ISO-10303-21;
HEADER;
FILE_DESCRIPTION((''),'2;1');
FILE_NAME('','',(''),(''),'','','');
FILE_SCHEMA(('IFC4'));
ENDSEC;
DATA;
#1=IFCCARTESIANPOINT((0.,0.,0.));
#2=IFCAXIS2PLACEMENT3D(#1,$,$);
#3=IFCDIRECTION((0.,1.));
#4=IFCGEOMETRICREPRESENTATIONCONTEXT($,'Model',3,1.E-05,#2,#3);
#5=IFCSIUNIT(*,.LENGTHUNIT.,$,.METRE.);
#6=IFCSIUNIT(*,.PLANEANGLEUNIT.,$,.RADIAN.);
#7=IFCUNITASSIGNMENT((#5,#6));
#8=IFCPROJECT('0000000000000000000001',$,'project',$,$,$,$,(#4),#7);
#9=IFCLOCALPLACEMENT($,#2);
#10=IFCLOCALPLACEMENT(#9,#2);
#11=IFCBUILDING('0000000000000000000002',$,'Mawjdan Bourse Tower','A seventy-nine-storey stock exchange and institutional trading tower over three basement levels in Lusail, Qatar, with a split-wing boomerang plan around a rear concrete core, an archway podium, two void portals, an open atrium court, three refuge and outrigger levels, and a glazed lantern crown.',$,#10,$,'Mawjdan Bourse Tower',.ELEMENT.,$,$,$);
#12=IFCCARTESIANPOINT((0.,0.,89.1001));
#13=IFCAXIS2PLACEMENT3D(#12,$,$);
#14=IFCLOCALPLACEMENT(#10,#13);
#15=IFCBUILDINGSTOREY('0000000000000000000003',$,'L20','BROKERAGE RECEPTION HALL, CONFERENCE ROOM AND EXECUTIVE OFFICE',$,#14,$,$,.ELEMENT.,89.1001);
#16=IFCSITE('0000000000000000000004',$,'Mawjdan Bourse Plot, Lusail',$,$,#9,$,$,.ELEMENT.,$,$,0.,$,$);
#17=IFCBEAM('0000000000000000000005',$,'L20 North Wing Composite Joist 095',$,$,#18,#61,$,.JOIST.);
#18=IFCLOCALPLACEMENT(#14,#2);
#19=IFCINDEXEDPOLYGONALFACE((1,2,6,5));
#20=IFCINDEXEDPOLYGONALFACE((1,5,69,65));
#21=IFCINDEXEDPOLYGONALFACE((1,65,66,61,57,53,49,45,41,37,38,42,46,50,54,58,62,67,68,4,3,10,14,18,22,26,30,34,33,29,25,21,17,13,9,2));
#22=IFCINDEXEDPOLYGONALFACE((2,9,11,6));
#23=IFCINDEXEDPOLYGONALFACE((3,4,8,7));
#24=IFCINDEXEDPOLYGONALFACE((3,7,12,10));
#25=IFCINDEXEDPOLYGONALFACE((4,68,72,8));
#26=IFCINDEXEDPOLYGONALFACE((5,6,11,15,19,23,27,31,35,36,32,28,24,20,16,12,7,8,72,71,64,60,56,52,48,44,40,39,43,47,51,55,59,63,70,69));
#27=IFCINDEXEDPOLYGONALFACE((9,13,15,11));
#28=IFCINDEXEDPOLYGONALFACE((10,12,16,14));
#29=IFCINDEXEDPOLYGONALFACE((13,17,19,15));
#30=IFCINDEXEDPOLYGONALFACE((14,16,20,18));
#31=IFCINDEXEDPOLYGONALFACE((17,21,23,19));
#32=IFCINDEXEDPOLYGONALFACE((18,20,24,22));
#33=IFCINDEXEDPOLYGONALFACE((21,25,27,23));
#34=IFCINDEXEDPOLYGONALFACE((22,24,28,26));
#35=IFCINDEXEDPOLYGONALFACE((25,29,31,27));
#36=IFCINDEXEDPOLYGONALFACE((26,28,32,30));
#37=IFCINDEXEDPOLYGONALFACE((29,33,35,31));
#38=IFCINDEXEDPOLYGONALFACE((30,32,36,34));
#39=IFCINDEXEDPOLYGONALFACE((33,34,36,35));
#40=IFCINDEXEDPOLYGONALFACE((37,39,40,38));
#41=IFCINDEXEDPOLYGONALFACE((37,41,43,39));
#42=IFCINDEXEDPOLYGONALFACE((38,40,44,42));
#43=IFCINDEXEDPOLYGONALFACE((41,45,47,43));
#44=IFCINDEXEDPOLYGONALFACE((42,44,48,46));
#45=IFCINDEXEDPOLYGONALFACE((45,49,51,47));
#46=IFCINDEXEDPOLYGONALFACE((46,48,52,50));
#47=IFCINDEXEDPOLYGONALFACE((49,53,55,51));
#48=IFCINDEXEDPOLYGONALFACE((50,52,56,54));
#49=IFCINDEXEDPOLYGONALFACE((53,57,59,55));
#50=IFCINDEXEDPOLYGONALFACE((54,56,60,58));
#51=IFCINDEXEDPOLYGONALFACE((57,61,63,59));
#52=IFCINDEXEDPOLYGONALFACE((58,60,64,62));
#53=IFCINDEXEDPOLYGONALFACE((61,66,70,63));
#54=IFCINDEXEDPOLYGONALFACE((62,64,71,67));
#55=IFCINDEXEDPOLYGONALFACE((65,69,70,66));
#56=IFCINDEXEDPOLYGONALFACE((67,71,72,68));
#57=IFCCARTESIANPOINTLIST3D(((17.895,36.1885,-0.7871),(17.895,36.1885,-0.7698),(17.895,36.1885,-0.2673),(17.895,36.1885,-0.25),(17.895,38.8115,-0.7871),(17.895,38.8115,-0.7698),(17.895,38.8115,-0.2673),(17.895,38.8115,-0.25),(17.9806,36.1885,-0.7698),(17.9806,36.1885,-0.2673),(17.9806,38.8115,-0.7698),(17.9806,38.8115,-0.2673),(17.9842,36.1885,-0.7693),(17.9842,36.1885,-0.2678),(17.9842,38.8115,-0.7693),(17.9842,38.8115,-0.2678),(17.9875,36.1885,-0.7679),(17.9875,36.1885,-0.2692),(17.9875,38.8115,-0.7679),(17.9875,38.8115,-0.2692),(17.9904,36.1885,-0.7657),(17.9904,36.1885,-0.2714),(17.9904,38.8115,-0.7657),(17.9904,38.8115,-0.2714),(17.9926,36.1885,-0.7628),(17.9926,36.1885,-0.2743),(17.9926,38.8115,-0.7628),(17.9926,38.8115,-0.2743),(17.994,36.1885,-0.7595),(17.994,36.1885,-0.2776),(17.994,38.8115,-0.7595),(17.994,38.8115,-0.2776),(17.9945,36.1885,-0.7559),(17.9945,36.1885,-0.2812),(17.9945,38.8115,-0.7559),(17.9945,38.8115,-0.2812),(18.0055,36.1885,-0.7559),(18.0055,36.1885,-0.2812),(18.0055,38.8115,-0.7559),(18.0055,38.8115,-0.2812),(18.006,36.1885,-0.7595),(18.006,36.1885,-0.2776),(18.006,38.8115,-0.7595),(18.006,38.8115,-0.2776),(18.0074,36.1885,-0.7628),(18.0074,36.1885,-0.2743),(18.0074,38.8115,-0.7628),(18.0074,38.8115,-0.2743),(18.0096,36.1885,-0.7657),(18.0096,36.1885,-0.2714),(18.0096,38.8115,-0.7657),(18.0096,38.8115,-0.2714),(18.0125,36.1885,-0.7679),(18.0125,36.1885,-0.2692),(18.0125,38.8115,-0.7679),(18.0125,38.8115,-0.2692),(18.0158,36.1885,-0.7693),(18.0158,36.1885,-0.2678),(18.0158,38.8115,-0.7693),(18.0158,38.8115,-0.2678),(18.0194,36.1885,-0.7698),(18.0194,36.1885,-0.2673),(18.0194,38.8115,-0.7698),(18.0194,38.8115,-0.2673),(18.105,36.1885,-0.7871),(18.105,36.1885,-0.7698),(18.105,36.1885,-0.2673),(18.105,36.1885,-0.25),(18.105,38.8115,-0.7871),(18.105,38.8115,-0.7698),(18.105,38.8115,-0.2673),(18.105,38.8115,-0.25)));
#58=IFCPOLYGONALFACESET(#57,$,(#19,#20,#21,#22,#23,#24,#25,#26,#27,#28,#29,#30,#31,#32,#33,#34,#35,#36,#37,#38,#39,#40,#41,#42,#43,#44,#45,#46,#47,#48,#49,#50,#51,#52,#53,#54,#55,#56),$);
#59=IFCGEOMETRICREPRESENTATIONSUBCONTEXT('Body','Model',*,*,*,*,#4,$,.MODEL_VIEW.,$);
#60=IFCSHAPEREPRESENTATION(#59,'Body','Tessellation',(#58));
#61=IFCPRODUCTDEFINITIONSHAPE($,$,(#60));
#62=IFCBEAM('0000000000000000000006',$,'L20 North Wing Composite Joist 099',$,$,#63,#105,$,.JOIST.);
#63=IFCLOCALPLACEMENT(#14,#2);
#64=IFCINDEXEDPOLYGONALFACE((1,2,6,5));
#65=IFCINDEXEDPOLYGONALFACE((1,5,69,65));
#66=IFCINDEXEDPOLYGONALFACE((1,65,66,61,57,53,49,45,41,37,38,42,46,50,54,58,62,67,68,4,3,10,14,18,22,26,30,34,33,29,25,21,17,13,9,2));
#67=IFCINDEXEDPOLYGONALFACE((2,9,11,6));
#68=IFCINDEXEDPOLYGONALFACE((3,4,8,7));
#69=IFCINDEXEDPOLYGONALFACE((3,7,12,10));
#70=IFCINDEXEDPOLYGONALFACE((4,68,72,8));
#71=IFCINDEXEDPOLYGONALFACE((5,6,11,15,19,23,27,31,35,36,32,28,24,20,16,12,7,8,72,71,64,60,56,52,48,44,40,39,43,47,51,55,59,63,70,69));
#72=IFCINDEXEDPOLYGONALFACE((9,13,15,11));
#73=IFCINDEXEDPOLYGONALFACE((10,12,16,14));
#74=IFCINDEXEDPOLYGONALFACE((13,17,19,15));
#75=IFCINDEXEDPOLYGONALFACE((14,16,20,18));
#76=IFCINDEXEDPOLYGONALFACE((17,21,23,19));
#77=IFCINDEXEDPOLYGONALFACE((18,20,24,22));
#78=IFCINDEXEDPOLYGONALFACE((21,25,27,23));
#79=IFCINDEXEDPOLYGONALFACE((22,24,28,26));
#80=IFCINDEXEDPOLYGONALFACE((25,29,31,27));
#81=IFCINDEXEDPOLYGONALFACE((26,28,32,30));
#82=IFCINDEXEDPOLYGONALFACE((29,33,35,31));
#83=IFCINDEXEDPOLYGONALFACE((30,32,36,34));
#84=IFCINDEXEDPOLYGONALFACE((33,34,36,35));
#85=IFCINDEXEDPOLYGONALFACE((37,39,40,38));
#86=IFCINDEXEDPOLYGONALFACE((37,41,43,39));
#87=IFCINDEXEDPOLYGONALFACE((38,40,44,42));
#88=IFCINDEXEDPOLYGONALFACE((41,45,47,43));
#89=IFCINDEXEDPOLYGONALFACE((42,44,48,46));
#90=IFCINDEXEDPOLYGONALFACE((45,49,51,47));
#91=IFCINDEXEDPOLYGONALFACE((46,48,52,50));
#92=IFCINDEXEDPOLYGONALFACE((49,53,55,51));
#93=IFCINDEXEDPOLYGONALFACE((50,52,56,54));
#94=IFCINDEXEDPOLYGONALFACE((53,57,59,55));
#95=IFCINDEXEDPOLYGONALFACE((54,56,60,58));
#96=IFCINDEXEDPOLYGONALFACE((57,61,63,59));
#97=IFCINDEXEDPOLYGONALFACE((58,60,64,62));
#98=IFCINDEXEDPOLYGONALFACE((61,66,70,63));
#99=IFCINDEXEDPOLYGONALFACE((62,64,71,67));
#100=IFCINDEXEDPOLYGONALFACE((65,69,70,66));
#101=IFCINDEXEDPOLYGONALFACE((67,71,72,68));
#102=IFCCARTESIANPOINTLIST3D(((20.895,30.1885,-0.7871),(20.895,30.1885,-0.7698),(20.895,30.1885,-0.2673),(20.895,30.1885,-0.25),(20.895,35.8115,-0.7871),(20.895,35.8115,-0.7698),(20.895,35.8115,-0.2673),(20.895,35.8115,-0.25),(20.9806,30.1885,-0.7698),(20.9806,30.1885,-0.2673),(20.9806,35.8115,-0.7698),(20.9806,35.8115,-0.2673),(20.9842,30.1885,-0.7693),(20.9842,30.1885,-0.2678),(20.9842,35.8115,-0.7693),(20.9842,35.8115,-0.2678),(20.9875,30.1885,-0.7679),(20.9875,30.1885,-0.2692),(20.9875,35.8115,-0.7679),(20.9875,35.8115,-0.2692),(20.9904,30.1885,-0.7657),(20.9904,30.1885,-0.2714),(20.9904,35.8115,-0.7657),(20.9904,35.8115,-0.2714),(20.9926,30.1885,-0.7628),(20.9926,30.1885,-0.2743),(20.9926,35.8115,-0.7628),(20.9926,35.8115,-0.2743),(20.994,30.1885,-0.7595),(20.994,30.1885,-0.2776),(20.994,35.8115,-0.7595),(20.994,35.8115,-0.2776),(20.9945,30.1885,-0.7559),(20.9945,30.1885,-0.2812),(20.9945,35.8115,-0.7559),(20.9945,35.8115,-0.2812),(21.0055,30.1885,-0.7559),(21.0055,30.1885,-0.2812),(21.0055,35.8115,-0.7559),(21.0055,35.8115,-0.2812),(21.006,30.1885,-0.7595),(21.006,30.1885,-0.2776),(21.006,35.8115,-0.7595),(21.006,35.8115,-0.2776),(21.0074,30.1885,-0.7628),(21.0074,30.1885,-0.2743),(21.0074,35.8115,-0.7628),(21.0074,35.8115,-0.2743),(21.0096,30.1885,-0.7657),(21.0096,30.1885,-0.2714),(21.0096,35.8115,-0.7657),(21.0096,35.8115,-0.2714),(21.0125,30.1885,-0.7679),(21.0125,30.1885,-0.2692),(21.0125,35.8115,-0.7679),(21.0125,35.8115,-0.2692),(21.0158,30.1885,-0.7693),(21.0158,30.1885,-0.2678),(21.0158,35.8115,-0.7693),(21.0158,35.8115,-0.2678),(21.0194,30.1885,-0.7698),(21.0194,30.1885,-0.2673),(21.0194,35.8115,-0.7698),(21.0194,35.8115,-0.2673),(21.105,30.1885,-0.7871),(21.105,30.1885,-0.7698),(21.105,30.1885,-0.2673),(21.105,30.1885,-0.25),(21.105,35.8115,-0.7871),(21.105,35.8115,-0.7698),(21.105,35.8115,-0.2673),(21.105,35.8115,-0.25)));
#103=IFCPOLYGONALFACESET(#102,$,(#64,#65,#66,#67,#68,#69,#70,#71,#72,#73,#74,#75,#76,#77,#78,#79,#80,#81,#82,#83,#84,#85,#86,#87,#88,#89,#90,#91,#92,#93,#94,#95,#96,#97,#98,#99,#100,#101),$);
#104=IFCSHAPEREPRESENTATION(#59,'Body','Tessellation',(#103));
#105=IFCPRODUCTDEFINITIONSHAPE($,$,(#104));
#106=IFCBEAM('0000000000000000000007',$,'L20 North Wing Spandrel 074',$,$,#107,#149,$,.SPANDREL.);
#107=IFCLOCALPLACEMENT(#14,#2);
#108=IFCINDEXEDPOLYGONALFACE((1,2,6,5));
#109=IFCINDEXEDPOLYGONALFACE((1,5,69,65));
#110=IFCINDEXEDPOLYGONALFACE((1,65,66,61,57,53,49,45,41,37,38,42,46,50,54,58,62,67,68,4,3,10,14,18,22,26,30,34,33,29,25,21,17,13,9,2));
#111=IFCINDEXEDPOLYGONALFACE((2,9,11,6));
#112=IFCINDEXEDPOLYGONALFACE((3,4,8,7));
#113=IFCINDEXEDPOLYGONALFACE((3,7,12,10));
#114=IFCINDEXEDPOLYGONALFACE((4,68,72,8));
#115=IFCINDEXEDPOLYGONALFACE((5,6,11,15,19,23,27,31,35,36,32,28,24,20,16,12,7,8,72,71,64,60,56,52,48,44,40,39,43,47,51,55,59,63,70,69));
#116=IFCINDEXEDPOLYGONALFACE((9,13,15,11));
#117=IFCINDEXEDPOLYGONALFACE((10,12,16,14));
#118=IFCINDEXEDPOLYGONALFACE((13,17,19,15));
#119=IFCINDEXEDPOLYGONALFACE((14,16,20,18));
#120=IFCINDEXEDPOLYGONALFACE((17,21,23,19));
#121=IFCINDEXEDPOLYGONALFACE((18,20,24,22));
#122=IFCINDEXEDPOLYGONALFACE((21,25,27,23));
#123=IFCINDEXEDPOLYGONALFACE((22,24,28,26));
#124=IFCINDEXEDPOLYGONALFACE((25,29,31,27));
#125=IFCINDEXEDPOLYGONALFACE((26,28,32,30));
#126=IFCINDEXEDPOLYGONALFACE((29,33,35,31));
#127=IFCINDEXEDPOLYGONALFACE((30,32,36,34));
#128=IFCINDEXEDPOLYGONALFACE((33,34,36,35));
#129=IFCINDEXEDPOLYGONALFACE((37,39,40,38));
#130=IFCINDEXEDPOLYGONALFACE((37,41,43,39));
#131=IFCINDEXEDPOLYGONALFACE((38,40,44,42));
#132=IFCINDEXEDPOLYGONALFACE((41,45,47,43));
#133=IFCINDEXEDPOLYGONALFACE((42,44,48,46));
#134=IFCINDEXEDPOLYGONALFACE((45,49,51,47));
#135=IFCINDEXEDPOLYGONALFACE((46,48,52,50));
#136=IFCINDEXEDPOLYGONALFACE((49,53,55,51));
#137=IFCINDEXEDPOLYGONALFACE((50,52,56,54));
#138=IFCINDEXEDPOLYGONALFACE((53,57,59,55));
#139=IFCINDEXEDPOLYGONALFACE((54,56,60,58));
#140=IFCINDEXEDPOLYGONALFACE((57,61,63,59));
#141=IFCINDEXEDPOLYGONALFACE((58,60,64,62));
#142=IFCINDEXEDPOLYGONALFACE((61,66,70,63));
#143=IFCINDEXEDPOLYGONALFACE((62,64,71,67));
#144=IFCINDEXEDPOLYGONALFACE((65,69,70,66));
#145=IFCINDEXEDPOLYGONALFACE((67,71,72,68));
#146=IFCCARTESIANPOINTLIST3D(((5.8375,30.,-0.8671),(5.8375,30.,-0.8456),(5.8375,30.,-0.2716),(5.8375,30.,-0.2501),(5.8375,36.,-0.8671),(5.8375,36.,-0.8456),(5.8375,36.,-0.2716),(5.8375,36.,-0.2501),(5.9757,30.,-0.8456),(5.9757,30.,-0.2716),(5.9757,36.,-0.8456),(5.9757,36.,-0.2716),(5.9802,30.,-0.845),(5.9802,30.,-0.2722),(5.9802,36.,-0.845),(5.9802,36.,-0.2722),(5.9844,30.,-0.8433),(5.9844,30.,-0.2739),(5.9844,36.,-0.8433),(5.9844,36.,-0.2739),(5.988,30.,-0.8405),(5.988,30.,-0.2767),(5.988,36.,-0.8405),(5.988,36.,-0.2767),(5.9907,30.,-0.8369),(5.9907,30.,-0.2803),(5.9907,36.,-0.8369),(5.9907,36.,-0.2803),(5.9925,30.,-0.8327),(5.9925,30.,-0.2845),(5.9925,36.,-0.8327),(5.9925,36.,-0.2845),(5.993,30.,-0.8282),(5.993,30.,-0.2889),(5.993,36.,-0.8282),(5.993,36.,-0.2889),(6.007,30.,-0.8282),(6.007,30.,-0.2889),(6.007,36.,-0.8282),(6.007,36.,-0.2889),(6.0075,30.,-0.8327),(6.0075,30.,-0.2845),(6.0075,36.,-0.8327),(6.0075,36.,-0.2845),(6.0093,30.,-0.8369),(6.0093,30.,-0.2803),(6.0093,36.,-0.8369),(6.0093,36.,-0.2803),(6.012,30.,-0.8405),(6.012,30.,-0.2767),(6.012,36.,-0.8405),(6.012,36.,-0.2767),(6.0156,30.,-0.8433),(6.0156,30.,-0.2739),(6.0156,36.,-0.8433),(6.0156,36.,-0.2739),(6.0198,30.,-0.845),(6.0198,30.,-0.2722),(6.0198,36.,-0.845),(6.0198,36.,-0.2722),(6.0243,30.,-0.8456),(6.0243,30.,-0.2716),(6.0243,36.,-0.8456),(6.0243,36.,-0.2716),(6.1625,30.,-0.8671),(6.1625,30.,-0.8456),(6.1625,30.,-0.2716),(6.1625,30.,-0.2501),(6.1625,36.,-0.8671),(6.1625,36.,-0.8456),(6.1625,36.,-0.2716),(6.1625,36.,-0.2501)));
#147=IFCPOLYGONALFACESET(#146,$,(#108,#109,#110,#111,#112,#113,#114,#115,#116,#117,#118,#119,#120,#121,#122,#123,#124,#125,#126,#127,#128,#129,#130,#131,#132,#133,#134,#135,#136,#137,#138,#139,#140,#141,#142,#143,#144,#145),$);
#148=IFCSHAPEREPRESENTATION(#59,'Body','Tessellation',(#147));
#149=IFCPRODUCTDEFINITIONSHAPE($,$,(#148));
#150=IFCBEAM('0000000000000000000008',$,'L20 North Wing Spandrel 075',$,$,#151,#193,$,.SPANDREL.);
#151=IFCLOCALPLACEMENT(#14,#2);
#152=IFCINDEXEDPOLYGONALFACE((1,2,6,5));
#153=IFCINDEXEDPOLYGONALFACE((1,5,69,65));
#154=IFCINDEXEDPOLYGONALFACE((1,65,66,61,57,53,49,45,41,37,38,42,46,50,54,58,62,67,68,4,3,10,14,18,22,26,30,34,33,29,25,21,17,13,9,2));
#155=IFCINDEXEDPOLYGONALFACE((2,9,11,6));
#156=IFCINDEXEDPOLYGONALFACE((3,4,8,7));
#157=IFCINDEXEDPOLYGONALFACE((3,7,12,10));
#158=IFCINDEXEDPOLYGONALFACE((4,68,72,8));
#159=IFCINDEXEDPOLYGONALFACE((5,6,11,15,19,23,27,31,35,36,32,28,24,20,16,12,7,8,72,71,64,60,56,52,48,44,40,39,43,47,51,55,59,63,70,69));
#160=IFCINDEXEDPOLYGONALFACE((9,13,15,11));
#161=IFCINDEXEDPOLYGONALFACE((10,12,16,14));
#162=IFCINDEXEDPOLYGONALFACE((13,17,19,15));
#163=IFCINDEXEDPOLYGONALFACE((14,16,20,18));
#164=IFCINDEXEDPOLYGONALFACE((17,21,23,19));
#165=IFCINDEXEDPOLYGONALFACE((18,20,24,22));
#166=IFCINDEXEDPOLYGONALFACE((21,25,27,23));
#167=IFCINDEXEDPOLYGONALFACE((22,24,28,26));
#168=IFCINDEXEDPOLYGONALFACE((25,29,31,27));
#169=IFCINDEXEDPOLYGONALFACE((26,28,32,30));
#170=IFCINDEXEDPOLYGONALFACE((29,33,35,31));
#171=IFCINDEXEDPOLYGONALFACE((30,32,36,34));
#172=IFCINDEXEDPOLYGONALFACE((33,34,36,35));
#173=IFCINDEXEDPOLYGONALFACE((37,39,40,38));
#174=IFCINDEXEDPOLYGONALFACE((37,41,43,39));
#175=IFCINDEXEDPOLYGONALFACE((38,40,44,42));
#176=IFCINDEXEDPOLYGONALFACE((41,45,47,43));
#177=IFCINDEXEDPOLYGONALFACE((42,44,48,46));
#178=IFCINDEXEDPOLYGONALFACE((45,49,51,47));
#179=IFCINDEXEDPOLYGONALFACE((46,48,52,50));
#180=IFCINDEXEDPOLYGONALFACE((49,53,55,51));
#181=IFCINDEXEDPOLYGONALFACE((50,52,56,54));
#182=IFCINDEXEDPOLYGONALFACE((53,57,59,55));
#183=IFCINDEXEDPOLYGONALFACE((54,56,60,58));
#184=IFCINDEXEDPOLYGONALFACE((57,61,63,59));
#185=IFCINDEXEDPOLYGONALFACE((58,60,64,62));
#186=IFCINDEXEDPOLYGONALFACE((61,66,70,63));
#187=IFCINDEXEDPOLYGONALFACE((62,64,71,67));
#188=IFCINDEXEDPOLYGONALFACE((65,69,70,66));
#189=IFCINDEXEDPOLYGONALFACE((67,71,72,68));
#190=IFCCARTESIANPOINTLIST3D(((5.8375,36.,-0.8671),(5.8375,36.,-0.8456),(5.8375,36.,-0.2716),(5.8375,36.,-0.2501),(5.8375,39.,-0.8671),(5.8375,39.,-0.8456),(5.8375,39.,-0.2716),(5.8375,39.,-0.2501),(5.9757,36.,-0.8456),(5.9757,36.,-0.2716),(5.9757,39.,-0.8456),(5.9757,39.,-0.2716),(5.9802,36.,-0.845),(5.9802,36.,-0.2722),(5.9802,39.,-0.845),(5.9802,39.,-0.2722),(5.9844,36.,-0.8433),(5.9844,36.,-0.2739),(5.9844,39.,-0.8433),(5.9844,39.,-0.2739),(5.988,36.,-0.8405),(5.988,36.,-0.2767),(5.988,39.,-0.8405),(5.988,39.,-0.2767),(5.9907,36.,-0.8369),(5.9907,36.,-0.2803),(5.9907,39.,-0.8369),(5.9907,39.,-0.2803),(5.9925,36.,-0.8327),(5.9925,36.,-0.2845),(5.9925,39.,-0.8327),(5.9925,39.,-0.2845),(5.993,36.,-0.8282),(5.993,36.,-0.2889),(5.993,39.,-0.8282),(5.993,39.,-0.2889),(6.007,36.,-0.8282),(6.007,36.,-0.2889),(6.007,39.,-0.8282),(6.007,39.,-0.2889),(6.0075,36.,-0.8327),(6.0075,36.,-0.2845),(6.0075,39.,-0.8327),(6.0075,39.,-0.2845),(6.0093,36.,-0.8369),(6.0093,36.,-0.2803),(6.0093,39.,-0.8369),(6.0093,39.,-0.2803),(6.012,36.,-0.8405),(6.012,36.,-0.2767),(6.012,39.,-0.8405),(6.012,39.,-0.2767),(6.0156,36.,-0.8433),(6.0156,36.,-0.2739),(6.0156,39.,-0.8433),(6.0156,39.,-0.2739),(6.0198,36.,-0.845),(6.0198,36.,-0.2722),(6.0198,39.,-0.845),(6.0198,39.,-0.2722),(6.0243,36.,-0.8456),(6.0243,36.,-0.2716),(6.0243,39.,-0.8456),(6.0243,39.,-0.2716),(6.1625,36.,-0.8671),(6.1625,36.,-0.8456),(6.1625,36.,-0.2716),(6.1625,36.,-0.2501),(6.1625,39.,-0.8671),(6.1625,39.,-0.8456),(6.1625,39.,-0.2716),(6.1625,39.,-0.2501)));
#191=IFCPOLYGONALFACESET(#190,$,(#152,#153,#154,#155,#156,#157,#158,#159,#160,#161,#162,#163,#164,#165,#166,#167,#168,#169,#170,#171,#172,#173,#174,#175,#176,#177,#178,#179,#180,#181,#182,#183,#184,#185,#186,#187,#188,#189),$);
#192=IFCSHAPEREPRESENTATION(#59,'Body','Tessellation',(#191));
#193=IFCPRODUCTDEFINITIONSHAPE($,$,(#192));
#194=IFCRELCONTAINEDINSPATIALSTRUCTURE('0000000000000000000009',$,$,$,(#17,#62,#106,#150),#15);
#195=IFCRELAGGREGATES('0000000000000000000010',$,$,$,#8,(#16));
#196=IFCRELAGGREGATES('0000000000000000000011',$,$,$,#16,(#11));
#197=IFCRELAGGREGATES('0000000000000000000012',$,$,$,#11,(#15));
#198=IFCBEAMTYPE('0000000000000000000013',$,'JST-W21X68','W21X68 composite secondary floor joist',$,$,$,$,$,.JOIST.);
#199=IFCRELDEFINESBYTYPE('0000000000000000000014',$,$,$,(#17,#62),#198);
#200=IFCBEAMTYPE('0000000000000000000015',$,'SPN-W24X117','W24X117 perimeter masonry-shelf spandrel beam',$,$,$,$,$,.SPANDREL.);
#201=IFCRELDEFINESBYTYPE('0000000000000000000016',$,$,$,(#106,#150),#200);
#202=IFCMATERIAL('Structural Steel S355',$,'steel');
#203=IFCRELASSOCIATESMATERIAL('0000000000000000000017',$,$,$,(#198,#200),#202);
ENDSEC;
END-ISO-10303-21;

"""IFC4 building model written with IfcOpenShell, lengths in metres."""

from ifc_helpers import new_model, si_unit, direction, frame, origin, origin_2d, place, context, subcontext, project, spatial, i_section, extrude, material, material_profile, profile_set, type_object, element, save


model = new_model("IFC4")

# Units and contexts
model_context = context("Model", 3, precision=1e-05, world=origin(), true_north=direction((0.0, 1.0)))
body_context = subcontext(model_context, "Body", "Model", "MODEL_VIEW")
ifc_project = project(units=[si_unit("LENGTHUNIT", "METRE"), si_unit("PLANEANGLEUNIT", "RADIAN")], contexts=[model_context])

# Site, building, storey
site_placement = place(None, origin())
site = spatial("IfcSite", under=ifc_project, at=site_placement, Name="Mawjdan Bourse Plot, Lusail", CompositionType="ELEMENT", RefElevation=0.0)
building_placement = place(site_placement, origin())
building = spatial("IfcBuilding", under=site, at=building_placement, Name="Mawjdan Bourse Tower", Description="A seventy-nine-storey stock exchange and institutional trading tower over three basement levels in Lusail, Qatar, with a split-wing boomerang plan around a rear concrete core, an archway podium, two void portals, an open atrium court, three refuge and outrigger levels, and a glazed lantern crown.", LongName="Mawjdan Bourse Tower", CompositionType="ELEMENT")
storey_placement = place(building_placement, frame((0.0, 0.0, 89.1001)))
storey = spatial("IfcBuildingStorey", under=building, at=storey_placement, Name="L20", Description="BROKERAGE RECEPTION HALL, CONFERENCE ROOM AND EXECUTIVE OFFICE", CompositionType="ELEMENT", Elevation=89.1001)

# Beams
ifc_material_1 = material(Name="Structural Steel S355", Category="steel")
ifc_material_profile_1 = material_profile(ifc_material_1, i_section(OverallWidth=0.21, OverallDepth=0.5371, WebThickness=0.011, FlangeThickness=0.0173, FilletRadius=0.0139, at=origin_2d()), Name="W21X68")
ifc_profile_set_1 = profile_set([ifc_material_profile_1], Name="Structural Steel S355")
beam_type_1 = type_object("IfcBeamType", Name="JST-W21X68", Description="W21X68 composite secondary floor joist", PredefinedType="JOIST", material=ifc_profile_set_1)
beam_1_placement = place(storey_placement, frame((18.0, 36.1885, -0.5186), z_axis=(0.0, 1.0, 0.0), x_axis=(-1.0, 0.0, 0.0)))
element("IfcBeam", 1, at=beam_1_placement, inside=storey, type_object=beam_type_1, Name="L20 North Wing Composite Joist 095", PredefinedType="JOIST", context=body_context, shape_type="SweptSolid", body=[
    extrude(i_section(OverallWidth=0.21, OverallDepth=0.5371, WebThickness=0.011, FlangeThickness=0.0173, FilletRadius=0.0139, at=origin_2d()), origin(), (0.0, 0.0, 1.0), 2.623),
])
beam_2_placement = place(storey_placement, frame((21.0, 30.1885, -0.5186), z_axis=(0.0, 1.0, 0.0), x_axis=(-1.0, 0.0, 0.0)))
element("IfcBeam", 2, at=beam_2_placement, inside=storey, type_object=beam_type_1, Name="L20 North Wing Composite Joist 099", PredefinedType="JOIST", context=body_context, shape_type="SweptSolid", body=[
    extrude(i_section(OverallWidth=0.21, OverallDepth=0.5371, WebThickness=0.011, FlangeThickness=0.0173, FilletRadius=0.0139, at=origin_2d()), origin(), (0.0, 0.0, 1.0), 5.623),
])
ifc_material_profile_2 = material_profile(ifc_material_1, i_section(OverallWidth=0.325, OverallDepth=0.6169, WebThickness=0.0139, FlangeThickness=0.0215, FilletRadius=0.0173, at=origin_2d()), Name="W24X117")
ifc_profile_set_2 = profile_set([ifc_material_profile_2], Name="Structural Steel S355")
beam_type_2 = type_object("IfcBeamType", Name="SPN-W24X117", Description="W24X117 perimeter masonry-shelf spandrel beam", PredefinedType="SPANDREL", material=ifc_profile_set_2)
beam_3_placement = place(storey_placement, frame((6.0, 30.0, -0.5586), z_axis=(0.0, 1.0, 0.0), x_axis=(-1.0, 0.0, 0.0)))
element("IfcBeam", 3, at=beam_3_placement, inside=storey, type_object=beam_type_2, Name="L20 North Wing Spandrel 074", PredefinedType="SPANDREL", context=body_context, shape_type="SweptSolid", body=[
    extrude(i_section(OverallWidth=0.325, OverallDepth=0.6169, WebThickness=0.0139, FlangeThickness=0.0215, FilletRadius=0.0173, at=origin_2d()), origin(), (0.0, 0.0, 1.0), 6.0),
])
beam_4_placement = place(storey_placement, frame((6.0, 36.0, -0.5586), z_axis=(0.0, 1.0, 0.0), x_axis=(-1.0, 0.0, 0.0)))
element("IfcBeam", 4, at=beam_4_placement, inside=storey, type_object=beam_type_2, Name="L20 North Wing Spandrel 075", PredefinedType="SPANDREL", context=body_context, shape_type="SweptSolid", body=[
    extrude(i_section(OverallWidth=0.325, OverallDepth=0.6169, WebThickness=0.0139, FlangeThickness=0.0215, FilletRadius=0.0173, at=origin_2d()), origin(), (0.0, 0.0, 1.0), 3.0),
])

save(model, "model.ifc")
